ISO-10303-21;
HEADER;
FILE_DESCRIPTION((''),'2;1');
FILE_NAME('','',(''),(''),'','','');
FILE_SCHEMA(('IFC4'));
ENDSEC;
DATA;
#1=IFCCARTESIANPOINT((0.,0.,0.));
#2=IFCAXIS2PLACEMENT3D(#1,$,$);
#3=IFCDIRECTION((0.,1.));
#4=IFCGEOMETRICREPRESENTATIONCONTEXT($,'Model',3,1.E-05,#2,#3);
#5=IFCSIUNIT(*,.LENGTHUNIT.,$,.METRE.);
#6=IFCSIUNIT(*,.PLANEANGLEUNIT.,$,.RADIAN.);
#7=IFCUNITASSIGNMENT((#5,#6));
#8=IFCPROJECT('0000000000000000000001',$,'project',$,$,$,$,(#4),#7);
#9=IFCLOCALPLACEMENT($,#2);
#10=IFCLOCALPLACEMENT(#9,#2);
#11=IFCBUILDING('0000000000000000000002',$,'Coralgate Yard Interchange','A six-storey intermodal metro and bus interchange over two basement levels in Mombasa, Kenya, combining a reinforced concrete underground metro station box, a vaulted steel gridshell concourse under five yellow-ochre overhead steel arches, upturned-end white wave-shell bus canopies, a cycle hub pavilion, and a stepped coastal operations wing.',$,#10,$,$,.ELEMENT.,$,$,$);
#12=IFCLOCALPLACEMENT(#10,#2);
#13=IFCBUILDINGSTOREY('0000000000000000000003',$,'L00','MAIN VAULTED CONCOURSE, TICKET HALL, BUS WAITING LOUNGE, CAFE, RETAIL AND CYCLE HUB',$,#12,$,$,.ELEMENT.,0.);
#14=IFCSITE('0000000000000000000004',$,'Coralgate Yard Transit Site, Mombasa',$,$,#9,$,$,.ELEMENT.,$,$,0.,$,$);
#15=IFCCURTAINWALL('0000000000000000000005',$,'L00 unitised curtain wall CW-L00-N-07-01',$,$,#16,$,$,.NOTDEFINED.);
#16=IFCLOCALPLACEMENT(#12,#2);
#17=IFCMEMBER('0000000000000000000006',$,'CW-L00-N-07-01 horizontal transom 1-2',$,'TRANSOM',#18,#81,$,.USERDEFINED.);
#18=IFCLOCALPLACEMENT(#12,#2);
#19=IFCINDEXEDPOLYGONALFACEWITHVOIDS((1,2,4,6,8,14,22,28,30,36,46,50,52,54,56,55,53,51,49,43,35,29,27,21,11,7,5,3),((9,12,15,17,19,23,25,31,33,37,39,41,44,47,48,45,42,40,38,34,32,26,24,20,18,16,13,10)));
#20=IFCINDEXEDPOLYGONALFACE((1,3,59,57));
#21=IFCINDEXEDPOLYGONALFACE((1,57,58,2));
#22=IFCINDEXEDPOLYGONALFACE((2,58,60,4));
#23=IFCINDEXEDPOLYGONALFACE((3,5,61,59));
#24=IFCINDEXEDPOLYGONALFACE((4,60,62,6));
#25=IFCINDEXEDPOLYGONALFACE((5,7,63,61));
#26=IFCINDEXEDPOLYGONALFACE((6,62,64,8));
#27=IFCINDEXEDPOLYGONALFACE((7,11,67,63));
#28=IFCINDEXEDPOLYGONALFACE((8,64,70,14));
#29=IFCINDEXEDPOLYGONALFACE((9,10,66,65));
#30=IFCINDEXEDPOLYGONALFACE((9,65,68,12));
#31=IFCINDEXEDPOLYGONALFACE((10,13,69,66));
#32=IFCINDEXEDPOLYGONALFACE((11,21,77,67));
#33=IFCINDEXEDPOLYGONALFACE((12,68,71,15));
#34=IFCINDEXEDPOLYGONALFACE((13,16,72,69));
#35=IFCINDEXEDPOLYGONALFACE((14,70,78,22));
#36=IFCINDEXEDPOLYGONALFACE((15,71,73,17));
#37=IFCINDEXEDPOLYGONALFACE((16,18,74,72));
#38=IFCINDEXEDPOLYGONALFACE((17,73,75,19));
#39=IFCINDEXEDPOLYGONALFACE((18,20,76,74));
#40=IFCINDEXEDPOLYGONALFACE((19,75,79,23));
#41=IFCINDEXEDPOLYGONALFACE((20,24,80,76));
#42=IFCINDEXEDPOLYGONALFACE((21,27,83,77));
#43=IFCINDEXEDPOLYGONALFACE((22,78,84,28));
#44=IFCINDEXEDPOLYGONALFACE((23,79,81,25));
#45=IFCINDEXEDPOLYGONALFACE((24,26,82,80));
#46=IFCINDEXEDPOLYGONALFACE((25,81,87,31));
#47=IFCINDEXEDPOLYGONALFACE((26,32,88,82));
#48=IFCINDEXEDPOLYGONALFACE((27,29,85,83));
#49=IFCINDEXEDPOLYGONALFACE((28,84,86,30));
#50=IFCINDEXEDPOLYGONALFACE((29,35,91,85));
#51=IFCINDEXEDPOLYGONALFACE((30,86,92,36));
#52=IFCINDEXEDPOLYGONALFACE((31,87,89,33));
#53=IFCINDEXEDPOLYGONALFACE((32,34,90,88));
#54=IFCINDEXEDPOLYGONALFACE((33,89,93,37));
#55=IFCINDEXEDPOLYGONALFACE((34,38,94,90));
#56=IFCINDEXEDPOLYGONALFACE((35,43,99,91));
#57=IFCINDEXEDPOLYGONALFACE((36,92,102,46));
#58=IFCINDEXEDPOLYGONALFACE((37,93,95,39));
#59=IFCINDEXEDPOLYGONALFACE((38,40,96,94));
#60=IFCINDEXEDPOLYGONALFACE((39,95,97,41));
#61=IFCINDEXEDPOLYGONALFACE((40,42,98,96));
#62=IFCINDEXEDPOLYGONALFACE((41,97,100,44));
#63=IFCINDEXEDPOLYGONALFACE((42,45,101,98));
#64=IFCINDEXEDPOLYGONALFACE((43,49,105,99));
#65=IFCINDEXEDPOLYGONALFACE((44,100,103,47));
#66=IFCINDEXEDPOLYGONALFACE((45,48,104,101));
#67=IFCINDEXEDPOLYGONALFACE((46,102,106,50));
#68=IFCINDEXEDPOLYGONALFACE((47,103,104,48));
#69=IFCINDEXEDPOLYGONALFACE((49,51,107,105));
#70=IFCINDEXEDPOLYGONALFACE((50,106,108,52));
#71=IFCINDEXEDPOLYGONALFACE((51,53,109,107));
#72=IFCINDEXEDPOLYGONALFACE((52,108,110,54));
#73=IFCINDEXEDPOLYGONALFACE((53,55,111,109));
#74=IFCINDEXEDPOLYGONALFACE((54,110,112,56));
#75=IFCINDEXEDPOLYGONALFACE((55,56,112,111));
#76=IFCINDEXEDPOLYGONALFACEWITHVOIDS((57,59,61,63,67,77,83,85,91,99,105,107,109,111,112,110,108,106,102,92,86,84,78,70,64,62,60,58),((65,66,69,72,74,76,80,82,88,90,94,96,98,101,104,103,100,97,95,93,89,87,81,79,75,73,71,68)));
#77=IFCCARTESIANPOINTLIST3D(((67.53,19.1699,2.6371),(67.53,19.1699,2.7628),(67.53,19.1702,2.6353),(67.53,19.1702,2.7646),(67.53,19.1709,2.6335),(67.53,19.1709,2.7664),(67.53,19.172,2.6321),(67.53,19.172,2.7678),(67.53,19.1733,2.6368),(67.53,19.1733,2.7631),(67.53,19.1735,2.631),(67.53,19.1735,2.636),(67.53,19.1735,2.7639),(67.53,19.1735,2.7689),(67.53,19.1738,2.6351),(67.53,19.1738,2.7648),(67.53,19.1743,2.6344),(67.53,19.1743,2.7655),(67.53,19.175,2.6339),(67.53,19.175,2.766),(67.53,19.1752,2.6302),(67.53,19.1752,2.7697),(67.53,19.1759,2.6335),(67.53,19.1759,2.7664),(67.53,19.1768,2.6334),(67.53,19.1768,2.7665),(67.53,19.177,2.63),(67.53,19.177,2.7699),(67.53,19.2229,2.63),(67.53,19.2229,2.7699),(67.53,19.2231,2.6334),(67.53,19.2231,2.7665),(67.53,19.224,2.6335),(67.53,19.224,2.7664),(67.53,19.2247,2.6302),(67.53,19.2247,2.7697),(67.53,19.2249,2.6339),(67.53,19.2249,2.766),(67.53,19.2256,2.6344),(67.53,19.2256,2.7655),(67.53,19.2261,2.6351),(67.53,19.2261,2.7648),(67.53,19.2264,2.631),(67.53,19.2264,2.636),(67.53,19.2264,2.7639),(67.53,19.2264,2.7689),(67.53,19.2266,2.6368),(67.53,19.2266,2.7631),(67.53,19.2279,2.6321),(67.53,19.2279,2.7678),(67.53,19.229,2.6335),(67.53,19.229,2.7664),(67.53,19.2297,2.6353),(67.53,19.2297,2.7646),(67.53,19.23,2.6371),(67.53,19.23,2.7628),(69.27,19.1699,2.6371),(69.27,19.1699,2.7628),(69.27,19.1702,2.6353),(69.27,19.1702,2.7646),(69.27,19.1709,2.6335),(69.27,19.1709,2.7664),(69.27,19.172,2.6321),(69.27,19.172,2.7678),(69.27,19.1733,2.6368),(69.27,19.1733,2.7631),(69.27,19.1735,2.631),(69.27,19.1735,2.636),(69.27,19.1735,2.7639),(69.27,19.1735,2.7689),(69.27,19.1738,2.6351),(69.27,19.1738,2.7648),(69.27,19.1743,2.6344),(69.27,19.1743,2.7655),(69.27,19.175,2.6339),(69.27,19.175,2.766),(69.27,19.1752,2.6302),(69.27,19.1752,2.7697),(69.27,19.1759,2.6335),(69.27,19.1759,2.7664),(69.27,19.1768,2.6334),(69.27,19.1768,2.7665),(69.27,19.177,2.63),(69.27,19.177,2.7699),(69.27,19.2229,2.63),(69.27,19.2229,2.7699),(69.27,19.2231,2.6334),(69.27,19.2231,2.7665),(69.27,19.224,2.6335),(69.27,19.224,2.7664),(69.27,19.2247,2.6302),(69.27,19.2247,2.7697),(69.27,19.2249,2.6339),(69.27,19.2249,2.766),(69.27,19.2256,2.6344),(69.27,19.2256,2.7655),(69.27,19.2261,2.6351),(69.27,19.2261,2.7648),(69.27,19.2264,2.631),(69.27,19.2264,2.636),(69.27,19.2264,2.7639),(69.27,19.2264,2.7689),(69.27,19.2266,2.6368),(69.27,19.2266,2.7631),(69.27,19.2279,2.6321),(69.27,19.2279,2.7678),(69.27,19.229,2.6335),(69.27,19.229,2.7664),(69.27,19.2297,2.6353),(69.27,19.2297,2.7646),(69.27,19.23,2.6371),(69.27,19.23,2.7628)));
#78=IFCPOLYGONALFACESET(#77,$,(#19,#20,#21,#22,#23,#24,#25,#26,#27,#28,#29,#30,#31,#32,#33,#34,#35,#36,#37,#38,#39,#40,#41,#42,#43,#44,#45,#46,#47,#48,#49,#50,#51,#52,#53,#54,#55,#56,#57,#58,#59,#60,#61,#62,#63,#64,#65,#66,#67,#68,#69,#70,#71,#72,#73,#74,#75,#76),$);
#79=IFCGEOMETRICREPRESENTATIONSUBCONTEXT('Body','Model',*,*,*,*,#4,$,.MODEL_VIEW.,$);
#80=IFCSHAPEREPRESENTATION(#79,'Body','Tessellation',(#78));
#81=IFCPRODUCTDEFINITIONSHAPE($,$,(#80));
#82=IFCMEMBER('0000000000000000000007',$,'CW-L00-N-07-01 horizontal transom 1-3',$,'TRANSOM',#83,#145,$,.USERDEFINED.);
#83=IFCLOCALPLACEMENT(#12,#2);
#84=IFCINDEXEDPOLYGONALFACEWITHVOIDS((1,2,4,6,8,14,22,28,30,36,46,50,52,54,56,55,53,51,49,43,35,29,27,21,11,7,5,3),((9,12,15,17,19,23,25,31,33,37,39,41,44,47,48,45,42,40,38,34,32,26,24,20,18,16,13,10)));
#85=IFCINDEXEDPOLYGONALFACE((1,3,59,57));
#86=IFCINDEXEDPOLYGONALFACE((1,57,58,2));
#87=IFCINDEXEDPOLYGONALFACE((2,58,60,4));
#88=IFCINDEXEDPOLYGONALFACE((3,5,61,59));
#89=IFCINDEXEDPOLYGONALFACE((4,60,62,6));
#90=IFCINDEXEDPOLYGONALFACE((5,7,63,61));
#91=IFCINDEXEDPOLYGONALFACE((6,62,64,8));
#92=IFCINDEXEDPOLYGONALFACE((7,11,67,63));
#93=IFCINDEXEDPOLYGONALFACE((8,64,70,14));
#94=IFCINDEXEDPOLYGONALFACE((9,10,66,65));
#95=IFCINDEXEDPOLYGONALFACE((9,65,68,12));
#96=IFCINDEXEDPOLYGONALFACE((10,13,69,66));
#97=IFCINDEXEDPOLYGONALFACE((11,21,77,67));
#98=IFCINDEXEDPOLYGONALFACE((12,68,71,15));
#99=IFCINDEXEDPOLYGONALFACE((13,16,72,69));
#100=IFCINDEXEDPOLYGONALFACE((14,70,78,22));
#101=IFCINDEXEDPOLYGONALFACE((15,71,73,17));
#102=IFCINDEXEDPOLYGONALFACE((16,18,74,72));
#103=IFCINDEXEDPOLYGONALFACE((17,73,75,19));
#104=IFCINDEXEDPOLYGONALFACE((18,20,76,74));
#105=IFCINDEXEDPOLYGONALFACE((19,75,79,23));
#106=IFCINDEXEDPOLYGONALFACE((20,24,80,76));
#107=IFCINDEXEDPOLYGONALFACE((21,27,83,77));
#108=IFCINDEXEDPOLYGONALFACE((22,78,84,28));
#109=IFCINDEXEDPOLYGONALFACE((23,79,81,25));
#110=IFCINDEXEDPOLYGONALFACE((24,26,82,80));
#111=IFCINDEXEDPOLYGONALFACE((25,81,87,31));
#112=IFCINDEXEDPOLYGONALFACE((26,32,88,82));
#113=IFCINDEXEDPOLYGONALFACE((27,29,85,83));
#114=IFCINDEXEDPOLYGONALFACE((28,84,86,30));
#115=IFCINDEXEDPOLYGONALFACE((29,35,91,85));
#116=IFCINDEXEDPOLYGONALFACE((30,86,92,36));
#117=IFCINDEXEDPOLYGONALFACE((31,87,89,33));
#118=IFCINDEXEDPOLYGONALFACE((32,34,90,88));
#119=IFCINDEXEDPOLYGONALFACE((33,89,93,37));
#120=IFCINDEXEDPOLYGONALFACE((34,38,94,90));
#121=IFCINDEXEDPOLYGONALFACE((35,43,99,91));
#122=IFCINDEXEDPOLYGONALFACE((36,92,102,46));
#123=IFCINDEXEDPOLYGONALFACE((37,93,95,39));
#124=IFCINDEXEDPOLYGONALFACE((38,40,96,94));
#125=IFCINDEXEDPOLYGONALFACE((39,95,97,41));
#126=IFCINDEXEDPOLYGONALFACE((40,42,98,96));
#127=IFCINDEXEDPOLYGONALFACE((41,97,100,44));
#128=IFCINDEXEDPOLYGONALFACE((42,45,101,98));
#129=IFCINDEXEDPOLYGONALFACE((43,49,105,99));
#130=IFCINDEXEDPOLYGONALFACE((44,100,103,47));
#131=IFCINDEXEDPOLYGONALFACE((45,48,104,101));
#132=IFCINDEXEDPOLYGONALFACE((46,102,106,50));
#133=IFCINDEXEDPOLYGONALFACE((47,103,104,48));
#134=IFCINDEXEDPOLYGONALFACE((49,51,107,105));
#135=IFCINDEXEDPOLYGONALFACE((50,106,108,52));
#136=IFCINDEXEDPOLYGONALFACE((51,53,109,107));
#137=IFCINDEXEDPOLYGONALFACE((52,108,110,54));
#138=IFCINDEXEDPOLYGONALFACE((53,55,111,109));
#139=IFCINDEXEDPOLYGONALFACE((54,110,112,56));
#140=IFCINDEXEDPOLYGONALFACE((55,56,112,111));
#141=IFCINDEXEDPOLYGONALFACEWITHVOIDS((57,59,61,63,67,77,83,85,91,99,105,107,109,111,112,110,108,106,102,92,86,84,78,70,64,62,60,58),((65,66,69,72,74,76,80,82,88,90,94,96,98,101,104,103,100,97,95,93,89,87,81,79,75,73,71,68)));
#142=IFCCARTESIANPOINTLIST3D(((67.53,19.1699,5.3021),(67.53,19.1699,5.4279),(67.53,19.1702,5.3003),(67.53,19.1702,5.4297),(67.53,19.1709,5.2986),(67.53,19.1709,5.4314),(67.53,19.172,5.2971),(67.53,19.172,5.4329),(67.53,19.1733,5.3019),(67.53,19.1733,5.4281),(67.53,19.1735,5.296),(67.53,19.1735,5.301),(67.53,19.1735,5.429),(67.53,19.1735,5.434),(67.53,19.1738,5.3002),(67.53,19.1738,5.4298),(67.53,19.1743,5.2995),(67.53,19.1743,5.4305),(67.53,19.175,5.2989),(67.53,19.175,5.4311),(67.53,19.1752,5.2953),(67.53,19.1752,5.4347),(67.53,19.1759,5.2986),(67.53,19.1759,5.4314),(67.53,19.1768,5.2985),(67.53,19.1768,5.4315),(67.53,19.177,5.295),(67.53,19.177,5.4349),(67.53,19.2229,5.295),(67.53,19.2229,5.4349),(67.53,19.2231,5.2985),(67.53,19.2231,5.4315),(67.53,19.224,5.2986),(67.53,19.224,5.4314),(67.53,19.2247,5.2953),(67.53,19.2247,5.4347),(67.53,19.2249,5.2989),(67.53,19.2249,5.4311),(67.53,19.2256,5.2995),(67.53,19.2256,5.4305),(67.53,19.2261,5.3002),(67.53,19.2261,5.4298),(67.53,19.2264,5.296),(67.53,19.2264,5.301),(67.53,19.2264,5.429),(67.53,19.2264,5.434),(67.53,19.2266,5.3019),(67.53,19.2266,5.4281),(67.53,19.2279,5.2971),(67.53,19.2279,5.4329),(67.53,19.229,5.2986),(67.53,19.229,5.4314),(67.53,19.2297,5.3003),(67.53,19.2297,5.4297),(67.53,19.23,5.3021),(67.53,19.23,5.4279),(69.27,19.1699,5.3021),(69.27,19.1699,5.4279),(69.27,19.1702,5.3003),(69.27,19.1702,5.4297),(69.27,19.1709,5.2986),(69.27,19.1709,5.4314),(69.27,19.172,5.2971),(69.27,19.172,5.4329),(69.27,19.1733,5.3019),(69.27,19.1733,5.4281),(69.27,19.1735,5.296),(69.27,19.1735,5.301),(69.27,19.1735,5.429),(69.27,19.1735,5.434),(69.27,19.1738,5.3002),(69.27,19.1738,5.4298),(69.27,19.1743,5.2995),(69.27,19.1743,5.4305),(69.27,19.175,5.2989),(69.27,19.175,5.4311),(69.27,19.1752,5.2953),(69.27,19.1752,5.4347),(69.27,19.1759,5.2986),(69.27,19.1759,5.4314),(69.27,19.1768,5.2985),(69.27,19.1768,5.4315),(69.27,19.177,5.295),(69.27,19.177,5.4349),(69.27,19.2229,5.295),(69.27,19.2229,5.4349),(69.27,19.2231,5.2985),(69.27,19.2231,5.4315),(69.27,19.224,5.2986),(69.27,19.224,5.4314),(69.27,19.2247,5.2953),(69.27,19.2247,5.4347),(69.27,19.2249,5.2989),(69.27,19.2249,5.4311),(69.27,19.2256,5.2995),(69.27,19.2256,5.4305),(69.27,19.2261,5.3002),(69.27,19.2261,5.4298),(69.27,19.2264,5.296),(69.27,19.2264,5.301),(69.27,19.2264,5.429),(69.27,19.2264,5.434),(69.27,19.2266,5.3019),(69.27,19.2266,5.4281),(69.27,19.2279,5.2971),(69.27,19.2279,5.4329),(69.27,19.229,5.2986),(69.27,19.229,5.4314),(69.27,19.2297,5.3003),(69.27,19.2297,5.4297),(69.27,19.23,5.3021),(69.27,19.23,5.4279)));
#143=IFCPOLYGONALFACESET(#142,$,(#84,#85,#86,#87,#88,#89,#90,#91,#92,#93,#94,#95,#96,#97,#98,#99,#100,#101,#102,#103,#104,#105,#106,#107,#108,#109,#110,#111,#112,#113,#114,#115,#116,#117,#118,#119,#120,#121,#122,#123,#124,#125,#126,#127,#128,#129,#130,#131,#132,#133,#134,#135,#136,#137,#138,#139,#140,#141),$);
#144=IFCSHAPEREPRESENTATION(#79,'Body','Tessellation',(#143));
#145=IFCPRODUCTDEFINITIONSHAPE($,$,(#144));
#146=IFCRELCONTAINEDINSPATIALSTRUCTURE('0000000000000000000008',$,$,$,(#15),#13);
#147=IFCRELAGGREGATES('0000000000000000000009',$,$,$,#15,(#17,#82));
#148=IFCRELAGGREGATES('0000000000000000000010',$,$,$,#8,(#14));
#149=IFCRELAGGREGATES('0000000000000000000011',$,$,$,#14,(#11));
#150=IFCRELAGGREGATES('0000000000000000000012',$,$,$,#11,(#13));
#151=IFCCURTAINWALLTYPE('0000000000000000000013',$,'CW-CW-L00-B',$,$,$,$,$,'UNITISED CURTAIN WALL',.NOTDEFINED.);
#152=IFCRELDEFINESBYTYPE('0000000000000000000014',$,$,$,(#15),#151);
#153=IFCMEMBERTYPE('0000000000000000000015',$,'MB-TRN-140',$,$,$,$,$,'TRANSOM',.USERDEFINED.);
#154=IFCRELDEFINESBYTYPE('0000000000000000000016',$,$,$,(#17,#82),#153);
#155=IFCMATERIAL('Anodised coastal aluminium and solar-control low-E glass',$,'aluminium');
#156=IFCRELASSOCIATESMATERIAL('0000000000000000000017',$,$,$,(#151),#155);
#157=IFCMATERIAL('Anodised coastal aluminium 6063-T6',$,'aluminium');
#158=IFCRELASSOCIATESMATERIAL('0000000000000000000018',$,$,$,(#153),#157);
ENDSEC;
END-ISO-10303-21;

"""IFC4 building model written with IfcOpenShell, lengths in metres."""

from ifc_helpers import new_model, si_unit, direction, frame, origin, origin_2d, place, context, subcontext, project, spatial, hollow_rectangle, extrude, material, material_profile, profile_set, type_object, element, aggregate, save


model = new_model("IFC4")

# Units and contexts
model_context = context("Model", 3, precision=1e-05, world=origin(), true_north=direction((0.0, 1.0)))
body_context = subcontext(model_context, "Body", "Model", "MODEL_VIEW")
ifc_project = project(units=[si_unit("LENGTHUNIT", "METRE"), si_unit("PLANEANGLEUNIT", "RADIAN")], contexts=[model_context])

# Site, building, storey
site_placement = place(None, origin())
site = spatial("IfcSite", under=ifc_project, at=site_placement, Name="Coralgate Yard Transit Site, Mombasa", CompositionType="ELEMENT", RefElevation=0.0)
building_placement = place(site_placement, origin())
building = spatial("IfcBuilding", under=site, at=building_placement, Name="Coralgate Yard Interchange", Description="A six-storey intermodal metro and bus interchange over two basement levels in Mombasa, Kenya, combining a reinforced concrete underground metro station box, a vaulted steel gridshell concourse under five yellow-ochre overhead steel arches, upturned-end white wave-shell bus canopies, a cycle hub pavilion, and a stepped coastal operations wing.", CompositionType="ELEMENT")
storey_placement = place(building_placement, origin())
storey = spatial("IfcBuildingStorey", under=building, at=storey_placement, Name="L00", Description="MAIN VAULTED CONCOURSE, TICKET HALL, BUS WAITING LOUNGE, CAFE, RETAIL AND CYCLE HUB", CompositionType="ELEMENT", Elevation=0.0)

# Shared definitions
ifc_material_1 = material(Name="Anodised coastal aluminium and solar-control low-E glass", Category="aluminium")
curtain_wall_type = type_object("IfcCurtainWallType", Name="CW-CW-L00-B", ElementType="UNITISED CURTAIN WALL", PredefinedType="NOTDEFINED", material=ifc_material_1)
ifc_material_2 = material(Name="Anodised coastal aluminium 6063-T6", Category="aluminium")

# Curtain wall
curtain_wall_1_placement = place(storey_placement, origin())
curtain_wall_1 = element("IfcCurtainWall", 1, at=curtain_wall_1_placement, inside=storey, type_object=curtain_wall_type, Name="L00 unitised curtain wall CW-L00-N-07-01", PredefinedType="NOTDEFINED")

# Members
ifc_material_profile_1 = material_profile(ifc_material_2, hollow_rectangle(XDim=0.0601, YDim=0.1399, WallThickness=0.0034, InnerFilletRadius=0.0034, OuterFilletRadius=0.0071, at=origin_2d()), Name="ALU 60x140x3.5")
ifc_profile_set_1 = profile_set([ifc_material_profile_1], Name="Anodised coastal aluminium 6063-T6")
member_type_1 = type_object("IfcMemberType", Name="MB-TRN-140", ElementType="TRANSOM", PredefinedType="USERDEFINED", material=ifc_profile_set_1)
member_1_placement = place(storey_placement, frame((67.53, 19.2, 2.7), z_axis=(1.0, 0.0, 0.0), x_axis=(0.0, 1.0, 0.0)))
member_1 = element("IfcMember", 2, at=member_1_placement, type_object=member_type_1, Name="CW-L00-N-07-01 horizontal transom 1-2", ObjectType="TRANSOM", PredefinedType="USERDEFINED", context=body_context, shape_type="SweptSolid", body=[
    extrude(hollow_rectangle(XDim=0.0601, YDim=0.1399, WallThickness=0.0034, InnerFilletRadius=0.0034, OuterFilletRadius=0.0071, at=origin_2d()), origin(), (0.0, 0.0, 1.0), 1.74),
])
member_2_placement = place(storey_placement, frame((67.53, 19.2, 5.365), z_axis=(1.0, 0.0, 0.0), x_axis=(0.0, 1.0, 0.0)))
member_2 = element("IfcMember", 3, at=member_2_placement, type_object=member_type_1, Name="CW-L00-N-07-01 horizontal transom 1-3", ObjectType="TRANSOM", PredefinedType="USERDEFINED", context=body_context, shape_type="SweptSolid", body=[
    extrude(hollow_rectangle(XDim=0.0601, YDim=0.1399, WallThickness=0.0034, InnerFilletRadius=0.0034, OuterFilletRadius=0.0071, at=origin_2d()), origin(), (0.0, 0.0, 1.0), 1.74),
])

aggregate(curtain_wall_1, [member_1, member_2])

save(model, "model.ifc")
